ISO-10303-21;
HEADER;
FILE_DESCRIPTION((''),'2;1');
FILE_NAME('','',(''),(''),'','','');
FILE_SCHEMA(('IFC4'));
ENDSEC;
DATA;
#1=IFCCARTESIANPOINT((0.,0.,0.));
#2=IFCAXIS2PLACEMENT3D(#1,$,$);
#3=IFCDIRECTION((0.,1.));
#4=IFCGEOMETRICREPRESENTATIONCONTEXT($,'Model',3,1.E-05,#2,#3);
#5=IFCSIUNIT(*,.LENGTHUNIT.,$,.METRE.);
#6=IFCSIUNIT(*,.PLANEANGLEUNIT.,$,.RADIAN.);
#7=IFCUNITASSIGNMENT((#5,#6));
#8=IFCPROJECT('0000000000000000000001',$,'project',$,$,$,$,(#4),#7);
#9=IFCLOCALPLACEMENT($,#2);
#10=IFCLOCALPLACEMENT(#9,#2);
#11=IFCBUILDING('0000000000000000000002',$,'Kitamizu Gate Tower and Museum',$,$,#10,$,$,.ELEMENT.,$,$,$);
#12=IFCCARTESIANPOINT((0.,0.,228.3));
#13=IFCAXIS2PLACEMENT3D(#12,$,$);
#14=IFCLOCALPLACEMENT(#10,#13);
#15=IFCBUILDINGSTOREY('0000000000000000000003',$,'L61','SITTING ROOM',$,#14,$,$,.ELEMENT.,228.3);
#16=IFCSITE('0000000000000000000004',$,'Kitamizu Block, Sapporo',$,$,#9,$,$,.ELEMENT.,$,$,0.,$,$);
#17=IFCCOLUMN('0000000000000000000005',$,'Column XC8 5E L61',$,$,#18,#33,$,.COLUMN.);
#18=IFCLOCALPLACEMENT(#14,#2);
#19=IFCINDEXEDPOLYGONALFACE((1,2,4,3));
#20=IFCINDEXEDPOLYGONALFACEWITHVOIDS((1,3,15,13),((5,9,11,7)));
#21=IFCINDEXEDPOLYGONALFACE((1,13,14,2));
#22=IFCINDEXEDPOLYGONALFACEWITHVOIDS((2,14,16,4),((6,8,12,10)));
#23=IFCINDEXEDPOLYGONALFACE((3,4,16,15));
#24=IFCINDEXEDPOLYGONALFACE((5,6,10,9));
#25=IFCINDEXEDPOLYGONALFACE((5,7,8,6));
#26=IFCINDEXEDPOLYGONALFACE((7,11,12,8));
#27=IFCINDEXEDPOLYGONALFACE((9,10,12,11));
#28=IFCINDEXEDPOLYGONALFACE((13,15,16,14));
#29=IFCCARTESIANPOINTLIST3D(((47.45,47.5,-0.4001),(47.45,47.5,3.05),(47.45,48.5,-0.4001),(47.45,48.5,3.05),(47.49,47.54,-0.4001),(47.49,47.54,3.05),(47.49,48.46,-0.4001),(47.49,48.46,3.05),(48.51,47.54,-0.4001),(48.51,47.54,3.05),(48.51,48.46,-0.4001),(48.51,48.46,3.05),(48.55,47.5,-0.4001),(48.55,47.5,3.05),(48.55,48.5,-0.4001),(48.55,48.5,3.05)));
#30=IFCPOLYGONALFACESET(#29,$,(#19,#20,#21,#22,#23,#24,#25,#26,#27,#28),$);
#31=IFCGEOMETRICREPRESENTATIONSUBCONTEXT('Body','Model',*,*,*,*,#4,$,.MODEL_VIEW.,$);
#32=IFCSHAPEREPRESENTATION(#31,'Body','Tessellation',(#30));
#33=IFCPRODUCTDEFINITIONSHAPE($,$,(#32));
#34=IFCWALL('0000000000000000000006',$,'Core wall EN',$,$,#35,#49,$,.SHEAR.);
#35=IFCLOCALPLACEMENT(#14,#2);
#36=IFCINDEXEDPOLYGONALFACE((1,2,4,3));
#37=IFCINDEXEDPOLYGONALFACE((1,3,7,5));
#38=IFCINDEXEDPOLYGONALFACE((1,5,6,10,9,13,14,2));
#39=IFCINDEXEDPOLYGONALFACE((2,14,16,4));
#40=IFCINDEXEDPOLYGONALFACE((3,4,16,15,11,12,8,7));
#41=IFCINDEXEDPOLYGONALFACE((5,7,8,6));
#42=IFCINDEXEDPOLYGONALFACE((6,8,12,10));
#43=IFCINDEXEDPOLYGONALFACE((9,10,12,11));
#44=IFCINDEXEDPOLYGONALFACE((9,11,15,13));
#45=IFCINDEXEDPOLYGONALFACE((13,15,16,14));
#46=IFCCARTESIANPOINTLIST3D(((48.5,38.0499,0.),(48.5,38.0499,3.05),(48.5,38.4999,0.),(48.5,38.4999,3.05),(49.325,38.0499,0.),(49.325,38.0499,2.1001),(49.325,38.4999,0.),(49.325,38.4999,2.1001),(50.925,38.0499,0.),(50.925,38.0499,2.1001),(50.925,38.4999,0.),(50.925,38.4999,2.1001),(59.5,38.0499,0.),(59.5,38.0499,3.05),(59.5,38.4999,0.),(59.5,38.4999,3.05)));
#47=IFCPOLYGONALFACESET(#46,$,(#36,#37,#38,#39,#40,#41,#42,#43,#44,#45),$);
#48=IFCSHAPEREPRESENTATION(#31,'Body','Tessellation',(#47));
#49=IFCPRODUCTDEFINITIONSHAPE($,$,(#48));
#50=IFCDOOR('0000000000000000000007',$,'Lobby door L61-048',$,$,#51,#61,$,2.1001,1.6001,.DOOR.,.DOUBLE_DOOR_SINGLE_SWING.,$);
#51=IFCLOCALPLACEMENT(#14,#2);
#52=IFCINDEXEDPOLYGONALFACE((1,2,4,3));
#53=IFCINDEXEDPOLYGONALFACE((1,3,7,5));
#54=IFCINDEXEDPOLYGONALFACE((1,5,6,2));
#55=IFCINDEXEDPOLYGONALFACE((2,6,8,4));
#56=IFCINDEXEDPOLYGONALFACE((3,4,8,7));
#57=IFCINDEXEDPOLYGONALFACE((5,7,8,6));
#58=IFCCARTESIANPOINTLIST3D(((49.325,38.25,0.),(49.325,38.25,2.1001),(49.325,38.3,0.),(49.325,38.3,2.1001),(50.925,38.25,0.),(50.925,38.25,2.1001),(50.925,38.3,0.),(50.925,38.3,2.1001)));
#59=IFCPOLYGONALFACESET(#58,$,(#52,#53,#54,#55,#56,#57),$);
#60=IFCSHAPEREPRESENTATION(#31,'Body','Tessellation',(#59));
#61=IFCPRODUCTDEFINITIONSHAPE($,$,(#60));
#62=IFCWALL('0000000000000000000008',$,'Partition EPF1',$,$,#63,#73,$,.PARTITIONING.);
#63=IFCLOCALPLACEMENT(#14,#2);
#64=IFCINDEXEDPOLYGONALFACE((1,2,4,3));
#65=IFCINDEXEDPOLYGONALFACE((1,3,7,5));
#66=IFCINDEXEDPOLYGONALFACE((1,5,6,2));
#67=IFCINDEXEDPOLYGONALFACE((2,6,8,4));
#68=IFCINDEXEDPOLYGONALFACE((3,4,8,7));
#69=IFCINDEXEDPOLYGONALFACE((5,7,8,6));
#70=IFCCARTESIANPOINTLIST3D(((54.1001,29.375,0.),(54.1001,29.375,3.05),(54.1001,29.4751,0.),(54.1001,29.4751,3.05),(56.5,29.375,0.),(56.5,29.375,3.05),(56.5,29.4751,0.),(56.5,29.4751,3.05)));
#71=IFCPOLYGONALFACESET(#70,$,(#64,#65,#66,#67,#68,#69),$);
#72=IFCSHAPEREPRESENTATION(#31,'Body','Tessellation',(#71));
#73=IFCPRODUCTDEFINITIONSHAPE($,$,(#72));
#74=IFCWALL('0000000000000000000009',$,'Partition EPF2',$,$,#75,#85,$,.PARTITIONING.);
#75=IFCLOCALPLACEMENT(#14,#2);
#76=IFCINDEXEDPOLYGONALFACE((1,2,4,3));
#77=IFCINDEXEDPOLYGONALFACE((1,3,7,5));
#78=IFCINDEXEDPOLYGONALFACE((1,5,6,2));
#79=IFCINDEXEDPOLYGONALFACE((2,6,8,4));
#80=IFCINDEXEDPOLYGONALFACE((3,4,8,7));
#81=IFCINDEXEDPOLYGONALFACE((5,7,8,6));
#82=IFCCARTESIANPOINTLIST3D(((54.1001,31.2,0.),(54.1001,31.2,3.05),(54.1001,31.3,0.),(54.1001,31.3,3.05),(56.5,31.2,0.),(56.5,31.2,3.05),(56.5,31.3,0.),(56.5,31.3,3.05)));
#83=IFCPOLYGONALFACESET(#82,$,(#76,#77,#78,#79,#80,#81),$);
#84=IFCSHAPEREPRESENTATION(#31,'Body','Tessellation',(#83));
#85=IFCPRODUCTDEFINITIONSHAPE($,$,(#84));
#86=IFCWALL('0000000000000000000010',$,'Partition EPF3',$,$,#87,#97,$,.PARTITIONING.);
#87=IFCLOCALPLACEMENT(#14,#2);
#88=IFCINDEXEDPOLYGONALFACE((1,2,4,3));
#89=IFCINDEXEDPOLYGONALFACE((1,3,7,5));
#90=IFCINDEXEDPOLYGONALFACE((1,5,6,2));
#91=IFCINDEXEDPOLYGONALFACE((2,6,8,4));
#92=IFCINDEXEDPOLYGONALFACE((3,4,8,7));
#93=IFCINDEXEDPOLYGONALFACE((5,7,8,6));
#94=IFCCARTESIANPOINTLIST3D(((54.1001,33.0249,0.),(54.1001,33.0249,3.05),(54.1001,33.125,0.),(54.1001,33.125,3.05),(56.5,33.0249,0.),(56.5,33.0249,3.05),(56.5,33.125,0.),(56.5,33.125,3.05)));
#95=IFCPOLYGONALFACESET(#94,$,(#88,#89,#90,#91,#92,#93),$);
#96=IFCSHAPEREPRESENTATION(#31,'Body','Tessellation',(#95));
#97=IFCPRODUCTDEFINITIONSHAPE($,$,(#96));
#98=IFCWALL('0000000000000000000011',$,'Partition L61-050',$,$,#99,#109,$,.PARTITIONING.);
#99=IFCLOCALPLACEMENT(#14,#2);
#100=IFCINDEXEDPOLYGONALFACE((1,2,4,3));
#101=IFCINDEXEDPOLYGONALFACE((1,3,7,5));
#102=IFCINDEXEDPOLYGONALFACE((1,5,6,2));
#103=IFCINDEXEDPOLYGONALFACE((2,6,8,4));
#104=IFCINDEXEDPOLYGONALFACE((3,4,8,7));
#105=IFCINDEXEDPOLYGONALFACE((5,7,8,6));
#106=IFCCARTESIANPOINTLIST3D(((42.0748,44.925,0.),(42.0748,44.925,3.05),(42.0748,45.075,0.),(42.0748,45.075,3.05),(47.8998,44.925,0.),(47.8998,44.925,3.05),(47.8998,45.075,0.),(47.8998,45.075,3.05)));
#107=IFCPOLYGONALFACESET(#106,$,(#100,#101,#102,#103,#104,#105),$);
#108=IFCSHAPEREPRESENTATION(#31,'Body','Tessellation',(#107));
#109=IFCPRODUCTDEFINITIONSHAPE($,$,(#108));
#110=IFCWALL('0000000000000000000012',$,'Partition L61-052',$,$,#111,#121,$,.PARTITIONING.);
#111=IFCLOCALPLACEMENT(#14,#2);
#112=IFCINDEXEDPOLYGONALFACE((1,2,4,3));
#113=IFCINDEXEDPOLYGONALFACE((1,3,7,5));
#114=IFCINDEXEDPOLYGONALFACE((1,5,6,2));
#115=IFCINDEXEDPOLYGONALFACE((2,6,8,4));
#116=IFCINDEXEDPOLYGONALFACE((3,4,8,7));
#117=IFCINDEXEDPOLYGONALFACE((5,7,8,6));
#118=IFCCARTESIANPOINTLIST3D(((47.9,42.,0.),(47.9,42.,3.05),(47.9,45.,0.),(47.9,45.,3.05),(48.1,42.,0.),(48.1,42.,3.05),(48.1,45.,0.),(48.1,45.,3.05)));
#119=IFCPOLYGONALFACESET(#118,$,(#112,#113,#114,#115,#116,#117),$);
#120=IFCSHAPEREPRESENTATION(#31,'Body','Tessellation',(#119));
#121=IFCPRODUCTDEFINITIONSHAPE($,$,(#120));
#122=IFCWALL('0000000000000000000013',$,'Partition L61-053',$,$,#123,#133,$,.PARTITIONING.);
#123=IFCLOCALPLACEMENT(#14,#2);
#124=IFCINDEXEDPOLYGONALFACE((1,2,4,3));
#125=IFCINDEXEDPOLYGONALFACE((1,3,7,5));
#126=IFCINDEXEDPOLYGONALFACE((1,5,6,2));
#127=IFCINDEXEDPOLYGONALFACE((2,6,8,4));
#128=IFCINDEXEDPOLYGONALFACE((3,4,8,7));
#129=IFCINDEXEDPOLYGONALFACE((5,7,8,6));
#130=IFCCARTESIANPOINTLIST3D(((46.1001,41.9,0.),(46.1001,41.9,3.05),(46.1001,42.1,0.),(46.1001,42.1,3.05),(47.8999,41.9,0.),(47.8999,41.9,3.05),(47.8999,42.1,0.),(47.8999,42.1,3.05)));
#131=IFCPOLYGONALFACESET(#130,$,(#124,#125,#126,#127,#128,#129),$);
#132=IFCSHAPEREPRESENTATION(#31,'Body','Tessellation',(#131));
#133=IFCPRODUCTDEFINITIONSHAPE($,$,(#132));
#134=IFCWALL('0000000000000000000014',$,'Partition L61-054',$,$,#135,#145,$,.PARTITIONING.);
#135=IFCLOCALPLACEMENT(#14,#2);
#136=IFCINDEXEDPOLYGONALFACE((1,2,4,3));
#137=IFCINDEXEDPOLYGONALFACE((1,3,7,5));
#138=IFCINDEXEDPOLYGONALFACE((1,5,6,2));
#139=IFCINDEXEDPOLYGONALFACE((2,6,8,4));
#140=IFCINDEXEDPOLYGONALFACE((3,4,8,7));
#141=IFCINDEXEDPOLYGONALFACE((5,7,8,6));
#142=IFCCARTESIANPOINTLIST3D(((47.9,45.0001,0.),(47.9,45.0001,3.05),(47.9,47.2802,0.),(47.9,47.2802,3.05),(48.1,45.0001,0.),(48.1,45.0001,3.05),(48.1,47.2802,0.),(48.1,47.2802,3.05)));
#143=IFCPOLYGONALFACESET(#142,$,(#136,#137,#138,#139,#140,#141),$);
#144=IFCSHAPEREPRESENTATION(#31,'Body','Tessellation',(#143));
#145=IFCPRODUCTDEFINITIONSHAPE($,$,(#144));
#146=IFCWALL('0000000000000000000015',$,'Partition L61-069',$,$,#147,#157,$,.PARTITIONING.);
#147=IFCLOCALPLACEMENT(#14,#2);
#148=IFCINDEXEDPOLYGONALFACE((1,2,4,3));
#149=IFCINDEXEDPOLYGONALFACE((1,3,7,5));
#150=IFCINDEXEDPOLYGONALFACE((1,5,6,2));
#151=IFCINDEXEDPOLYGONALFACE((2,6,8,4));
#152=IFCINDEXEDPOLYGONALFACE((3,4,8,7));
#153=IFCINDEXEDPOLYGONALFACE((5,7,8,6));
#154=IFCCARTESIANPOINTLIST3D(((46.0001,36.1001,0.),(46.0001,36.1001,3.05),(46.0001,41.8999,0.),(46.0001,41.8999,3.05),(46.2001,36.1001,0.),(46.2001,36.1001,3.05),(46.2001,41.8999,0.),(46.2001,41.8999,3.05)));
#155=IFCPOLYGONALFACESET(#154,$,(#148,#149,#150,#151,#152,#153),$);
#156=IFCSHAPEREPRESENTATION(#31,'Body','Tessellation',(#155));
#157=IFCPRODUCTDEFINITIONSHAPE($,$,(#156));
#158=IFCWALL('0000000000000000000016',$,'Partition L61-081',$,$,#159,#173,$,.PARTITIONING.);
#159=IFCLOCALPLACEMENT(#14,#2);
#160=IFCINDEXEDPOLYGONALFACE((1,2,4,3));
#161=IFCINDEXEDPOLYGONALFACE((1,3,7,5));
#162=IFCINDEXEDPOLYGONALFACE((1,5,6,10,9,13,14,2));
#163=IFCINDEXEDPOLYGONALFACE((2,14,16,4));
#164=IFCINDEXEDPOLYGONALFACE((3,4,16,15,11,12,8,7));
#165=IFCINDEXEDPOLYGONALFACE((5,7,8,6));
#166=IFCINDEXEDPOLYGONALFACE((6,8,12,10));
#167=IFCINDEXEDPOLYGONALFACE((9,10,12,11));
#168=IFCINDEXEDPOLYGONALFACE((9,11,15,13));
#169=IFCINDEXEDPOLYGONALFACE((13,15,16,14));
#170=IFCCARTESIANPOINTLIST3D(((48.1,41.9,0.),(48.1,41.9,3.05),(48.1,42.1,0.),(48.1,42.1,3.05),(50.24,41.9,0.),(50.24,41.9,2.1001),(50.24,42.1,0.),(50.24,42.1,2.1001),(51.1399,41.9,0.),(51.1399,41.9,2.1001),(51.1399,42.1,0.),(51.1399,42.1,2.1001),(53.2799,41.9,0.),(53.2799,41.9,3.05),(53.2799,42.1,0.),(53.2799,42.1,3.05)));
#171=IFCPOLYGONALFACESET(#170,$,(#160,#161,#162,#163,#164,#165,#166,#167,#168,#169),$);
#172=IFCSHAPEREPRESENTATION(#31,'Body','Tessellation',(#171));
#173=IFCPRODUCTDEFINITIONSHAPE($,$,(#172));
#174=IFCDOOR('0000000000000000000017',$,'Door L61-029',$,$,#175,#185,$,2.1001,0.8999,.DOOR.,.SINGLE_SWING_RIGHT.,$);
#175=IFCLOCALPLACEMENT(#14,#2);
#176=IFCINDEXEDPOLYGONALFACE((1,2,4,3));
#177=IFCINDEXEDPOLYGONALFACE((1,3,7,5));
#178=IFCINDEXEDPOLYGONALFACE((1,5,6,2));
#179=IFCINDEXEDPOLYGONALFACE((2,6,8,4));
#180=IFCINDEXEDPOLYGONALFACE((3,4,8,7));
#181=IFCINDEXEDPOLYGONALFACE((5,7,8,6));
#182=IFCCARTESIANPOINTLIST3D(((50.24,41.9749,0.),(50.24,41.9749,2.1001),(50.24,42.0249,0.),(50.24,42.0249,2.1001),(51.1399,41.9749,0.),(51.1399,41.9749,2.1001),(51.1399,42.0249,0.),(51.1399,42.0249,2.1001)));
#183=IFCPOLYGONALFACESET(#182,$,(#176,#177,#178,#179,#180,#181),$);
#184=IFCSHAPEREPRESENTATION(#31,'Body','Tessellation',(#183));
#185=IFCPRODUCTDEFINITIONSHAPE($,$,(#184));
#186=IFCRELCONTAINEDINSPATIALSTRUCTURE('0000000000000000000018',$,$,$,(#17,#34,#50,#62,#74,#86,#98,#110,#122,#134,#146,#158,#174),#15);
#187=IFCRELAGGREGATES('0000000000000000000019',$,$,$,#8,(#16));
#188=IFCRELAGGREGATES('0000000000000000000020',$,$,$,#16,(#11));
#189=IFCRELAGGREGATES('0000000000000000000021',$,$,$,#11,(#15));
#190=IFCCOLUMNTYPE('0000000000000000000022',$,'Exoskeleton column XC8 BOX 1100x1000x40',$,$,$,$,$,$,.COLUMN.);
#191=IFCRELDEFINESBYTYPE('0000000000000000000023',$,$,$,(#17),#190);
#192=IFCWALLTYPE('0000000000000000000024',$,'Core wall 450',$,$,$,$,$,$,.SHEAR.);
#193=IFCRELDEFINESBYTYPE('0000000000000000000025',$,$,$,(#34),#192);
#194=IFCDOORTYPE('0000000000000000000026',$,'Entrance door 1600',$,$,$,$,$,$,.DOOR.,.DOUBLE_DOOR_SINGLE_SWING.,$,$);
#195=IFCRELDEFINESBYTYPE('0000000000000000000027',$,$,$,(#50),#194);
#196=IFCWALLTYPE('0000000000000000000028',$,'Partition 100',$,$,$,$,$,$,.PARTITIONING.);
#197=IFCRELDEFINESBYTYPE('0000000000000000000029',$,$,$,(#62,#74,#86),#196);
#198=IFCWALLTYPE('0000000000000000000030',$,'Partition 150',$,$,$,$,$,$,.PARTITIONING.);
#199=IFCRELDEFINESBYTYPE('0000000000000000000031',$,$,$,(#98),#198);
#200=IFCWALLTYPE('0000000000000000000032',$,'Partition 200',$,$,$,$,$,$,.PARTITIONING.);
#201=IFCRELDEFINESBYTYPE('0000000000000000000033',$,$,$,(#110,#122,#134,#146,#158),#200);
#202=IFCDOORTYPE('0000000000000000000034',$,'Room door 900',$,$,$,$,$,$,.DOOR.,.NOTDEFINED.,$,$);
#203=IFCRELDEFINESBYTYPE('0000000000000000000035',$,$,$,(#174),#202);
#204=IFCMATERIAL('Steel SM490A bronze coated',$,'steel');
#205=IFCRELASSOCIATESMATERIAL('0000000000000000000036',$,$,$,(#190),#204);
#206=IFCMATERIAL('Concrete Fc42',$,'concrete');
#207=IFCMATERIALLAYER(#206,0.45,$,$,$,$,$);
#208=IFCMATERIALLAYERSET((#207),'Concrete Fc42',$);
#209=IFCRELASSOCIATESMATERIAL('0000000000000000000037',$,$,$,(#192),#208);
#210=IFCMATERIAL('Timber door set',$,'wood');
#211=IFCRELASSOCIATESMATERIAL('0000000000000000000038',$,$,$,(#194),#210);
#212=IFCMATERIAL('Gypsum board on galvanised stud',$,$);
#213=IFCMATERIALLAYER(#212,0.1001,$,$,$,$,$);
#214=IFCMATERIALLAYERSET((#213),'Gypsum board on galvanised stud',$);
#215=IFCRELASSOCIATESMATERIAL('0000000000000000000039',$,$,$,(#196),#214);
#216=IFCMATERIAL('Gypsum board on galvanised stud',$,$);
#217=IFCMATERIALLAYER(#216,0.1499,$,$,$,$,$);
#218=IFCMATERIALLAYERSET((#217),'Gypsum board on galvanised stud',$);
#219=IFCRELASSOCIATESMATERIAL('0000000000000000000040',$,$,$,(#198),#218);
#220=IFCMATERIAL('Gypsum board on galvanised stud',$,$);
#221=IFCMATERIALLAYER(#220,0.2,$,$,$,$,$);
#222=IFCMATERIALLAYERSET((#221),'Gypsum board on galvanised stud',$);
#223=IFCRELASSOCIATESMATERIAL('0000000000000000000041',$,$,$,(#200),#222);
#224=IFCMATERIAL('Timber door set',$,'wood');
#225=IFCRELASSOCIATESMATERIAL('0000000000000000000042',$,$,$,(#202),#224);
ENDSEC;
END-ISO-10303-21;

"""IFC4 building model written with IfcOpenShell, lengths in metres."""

from ifc_helpers import new_model, si_unit, direction, frame, frame_2d, origin, origin_2d, place, context, subcontext, project, spatial, rectangle, hollow_rectangle, extrude, material, layer, layer_set, material_profile, profile_set, type_object, element, fill, save


model = new_model("IFC4")

# Units and contexts
model_context = context("Model", 3, precision=1e-05, world=origin(), true_north=direction((0.0, 1.0)))
body_context = subcontext(model_context, "Body", "Model", "MODEL_VIEW")
ifc_project = project(units=[si_unit("LENGTHUNIT", "METRE"), si_unit("PLANEANGLEUNIT", "RADIAN")], contexts=[model_context])

# Site, building, storey
site_placement = place(None, origin())
site = spatial("IfcSite", under=ifc_project, at=site_placement, Name="Kitamizu Block, Sapporo", CompositionType="ELEMENT", RefElevation=0.0)
building_placement = place(site_placement, origin())
building = spatial("IfcBuilding", under=site, at=building_placement, Name="Kitamizu Gate Tower and Museum", CompositionType="ELEMENT")
storey_placement = place(building_placement, frame((0.0, 0.0, 228.3)))
storey = spatial("IfcBuildingStorey", under=building, at=storey_placement, Name="L61", Description="SITTING ROOM", CompositionType="ELEMENT", Elevation=228.3)

# Column
ifc_material_1 = material(Name="Steel SM490A bronze coated", Category="steel")
ifc_material_profile = material_profile(ifc_material_1, hollow_rectangle(XDim=1.1001, YDim=1.0, WallThickness=0.04, at=origin_2d()), Name="BOX 1100x1000x40")
ifc_profile_set = profile_set([ifc_material_profile], Name="Steel SM490A bronze coated")
column_type = type_object("IfcColumnType", Name="Exoskeleton column XC8 BOX 1100x1000x40", PredefinedType="COLUMN", material=ifc_profile_set)
column_placement = place(storey_placement, frame((48.0, 48.0, -0.4001), z_axis=(0.0, 0.0, 1.0), x_axis=(1.0, 0.0, 0.0)))
element("IfcColumn", 1, at=column_placement, inside=storey, type_object=column_type, Name="Column XC8 5E L61", PredefinedType="COLUMN", context=body_context, shape_type="SweptSolid", body=[
    extrude(hollow_rectangle(XDim=1.1001, YDim=1.0, WallThickness=0.04, at=origin_2d()), origin(), (0.0, 0.0, 1.0), 3.4502),
])

# Wall, opening, door
ifc_material_2 = material(Name="Concrete Fc42", Category="concrete")
ifc_layer_1 = layer(ifc_material_2, 0.45)
ifc_layer_set_1 = layer_set([ifc_layer_1], Name="Concrete Fc42")
wall_type_1 = type_object("IfcWallType", Name="Core wall 450", PredefinedType="SHEAR", material=ifc_layer_set_1)
wall_1_placement = place(storey_placement, frame((59.5, 38.2749, 0.0), z_axis=(0.0, 0.0, 1.0), x_axis=(-1.0, 0.0, 0.0)))
wall_1 = element("IfcWall", 2, at=wall_1_placement, inside=storey, type_object=wall_type_1, Name="Core wall EN", PredefinedType="SHEAR", context=body_context, shape_type="SweptSolid", body=[
    extrude(rectangle(XDim=11.0, YDim=0.45, at=frame_2d((5.5, 0.0))), origin(), (0.0, 0.0, 1.0), 3.05),
])
opening_1_placement = place(wall_1_placement, frame((8.575, 0.0, 0.0)))
opening_1 = element("IfcOpeningElement", 3, at=opening_1_placement, cuts=wall_1, PredefinedType="OPENING", context=body_context, shape_type="SweptSolid", body=[
    extrude(rectangle(XDim=1.6001, YDim=2.1001, at=frame_2d((0.8, 1.05))), frame((0.0, 0.2349, 0.0), z_axis=(0.0, -1.0, 0.0), x_axis=(1.0, 0.0, 0.0)), (0.0, 0.0, 1.0), 0.47),
])
ifc_material_3 = material(Name="Timber door set", Category="wood")
door_type_1 = type_object("IfcDoorType", Name="Entrance door 1600", OperationType="DOUBLE_DOOR_SINGLE_SWING", PredefinedType="DOOR", material=ifc_material_3)
door_1_placement = place(opening_1_placement, origin())
door_1 = element("IfcDoor", 4, at=door_1_placement, inside=storey, type_object=door_type_1, Name="Lobby door L61-048", OperationType="DOUBLE_DOOR_SINGLE_SWING", OverallHeight=2.1001, OverallWidth=1.6001, PredefinedType="DOOR", context=body_context, shape_type="SweptSolid", body=[
    extrude(rectangle(XDim=1.6001, YDim=2.1001, at=frame_2d((0.8, 1.05))), frame((0.0, 0.0249, 0.0), z_axis=(0.0, -1.0, 0.0), x_axis=(1.0, 0.0, 0.0)), (0.0, 0.0, 1.0), 0.05),
])
fill(opening_1, door_1)

# Walls
ifc_material_4 = material(Name="Gypsum board on galvanised stud")
ifc_layer_2 = layer(ifc_material_4, 0.1001)
ifc_layer_set_2 = layer_set([ifc_layer_2], Name="Gypsum board on galvanised stud")
wall_type_2 = type_object("IfcWallType", Name="Partition 100", PredefinedType="PARTITIONING", material=ifc_layer_set_2)
for number, where, z_axis, x_axis, name in (
    (5, (56.5, 29.425, 0.0), (0.0, 0.0, 1.0), (-1.0, 0.0, 0.0), "Partition EPF1"),
    (6, (56.5, 31.25, 0.0), (0.0, 0.0, 1.0), (-1.0, 0.0, 0.0), "Partition EPF2"),
    (7, (56.5, 33.075, 0.0), (0.0, 0.0, 1.0), (-1.0, 0.0, 0.0), "Partition EPF3"),
):
    element("IfcWall", number, at=place(storey_placement, frame(where, z_axis=z_axis, x_axis=x_axis)), inside=storey, type_object=wall_type_2, Name=name, PredefinedType="PARTITIONING", context=body_context, shape_type="SweptSolid", body=[
        extrude(rectangle(XDim=2.3999, YDim=0.1001, at=frame_2d((1.2, 0.0))), origin(), (0.0, 0.0, 1.0), 3.05),
    ])
ifc_material_5 = material(Name="Gypsum board on galvanised stud")
ifc_layer_3 = layer(ifc_material_5, 0.1499)
ifc_layer_set_3 = layer_set([ifc_layer_3], Name="Gypsum board on galvanised stud")
wall_type_3 = type_object("IfcWallType", Name="Partition 150", PredefinedType="PARTITIONING", material=ifc_layer_set_3)
wall_2_placement = place(storey_placement, frame((47.8999, 45.0, 0.0), z_axis=(0.0, 0.0, 1.0), x_axis=(-1.0, 0.0, 0.0)))
element("IfcWall", 8, at=wall_2_placement, inside=storey, type_object=wall_type_3, Name="Partition L61-050", PredefinedType="PARTITIONING", context=body_context, shape_type="SweptSolid", body=[
    extrude(rectangle(XDim=5.825, YDim=0.1499, at=frame_2d((2.9126, 0.0))), origin(), (0.0, 0.0, 1.0), 3.05),
])
ifc_material_6 = material(Name="Gypsum board on galvanised stud")
ifc_layer_4 = layer(ifc_material_6, 0.2)
ifc_layer_set_4 = layer_set([ifc_layer_4], Name="Gypsum board on galvanised stud")
wall_type_4 = type_object("IfcWallType", Name="Partition 200", PredefinedType="PARTITIONING", material=ifc_layer_set_4)
wall_3_placement = place(storey_placement, frame((48.0, 42.0, 0.0), z_axis=(0.0, 0.0, 1.0), x_axis=(0.0, 1.0, 0.0)))
element("IfcWall", 9, at=wall_3_placement, inside=storey, type_object=wall_type_4, Name="Partition L61-052", PredefinedType="PARTITIONING", context=body_context, shape_type="SweptSolid", body=[
    extrude(rectangle(XDim=3.0, YDim=0.2, at=frame_2d((1.5, 0.0))), origin(), (0.0, 0.0, 1.0), 3.05),
])
wall_4_placement = place(storey_placement, frame((46.1001, 42.0, 0.0), z_axis=(0.0, 0.0, 1.0), x_axis=(1.0, 0.0, 0.0)))
element("IfcWall", 10, at=wall_4_placement, inside=storey, type_object=wall_type_4, Name="Partition L61-053", PredefinedType="PARTITIONING", context=body_context, shape_type="SweptSolid", body=[
    extrude(rectangle(XDim=1.7998, YDim=0.2, at=frame_2d((0.8999, 0.0))), origin(), (0.0, 0.0, 1.0), 3.05),
])
wall_5_placement = place(storey_placement, frame((48.0, 45.0, 0.0), z_axis=(0.0, 0.0, 1.0), x_axis=(0.0, 1.0, 0.0)))
element("IfcWall", 11, at=wall_5_placement, inside=storey, type_object=wall_type_4, Name="Partition L61-054", PredefinedType="PARTITIONING", context=body_context, shape_type="SweptSolid", body=[
    extrude(rectangle(XDim=2.28, YDim=0.2, at=frame_2d((1.1401, 0.0))), origin(), (0.0, 0.0, 1.0), 3.05),
])
wall_6_placement = place(storey_placement, frame((46.1001, 36.1001, 0.0), z_axis=(0.0, 0.0, 1.0), x_axis=(0.0, 1.0, 0.0)))
element("IfcWall", 12, at=wall_6_placement, inside=storey, type_object=wall_type_4, Name="Partition L61-069", PredefinedType="PARTITIONING", context=body_context, shape_type="SweptSolid", body=[
    extrude(rectangle(XDim=5.7998, YDim=0.2, at=frame_2d((2.8999, 0.0))), origin(), (0.0, 0.0, 1.0), 3.05),
])

# Wall, opening, door
wall_7_placement = place(storey_placement, frame((48.1001, 42.0, 0.0), z_axis=(0.0, 0.0, 1.0), x_axis=(1.0, 0.0, 0.0)))
wall_7 = element("IfcWall", 13, at=wall_7_placement, inside=storey, type_object=wall_type_4, Name="Partition L61-081", PredefinedType="PARTITIONING", context=body_context, shape_type="SweptSolid", body=[
    extrude(rectangle(XDim=5.1799, YDim=0.2, at=frame_2d((2.5898, 0.0))), origin(), (0.0, 0.0, 1.0), 3.05),
])
opening_2_placement = place(wall_7_placement, frame((2.1399, 0.0, 0.0)))
opening_2 = element("IfcOpeningElement", 14, at=opening_2_placement, cuts=wall_7, PredefinedType="OPENING", context=body_context, shape_type="SweptSolid", body=[
    extrude(rectangle(XDim=0.8999, YDim=2.1001, at=frame_2d((0.45, 1.05))), frame((0.0, 0.1099, 0.0), z_axis=(0.0, -1.0, 0.0), x_axis=(1.0, 0.0, 0.0)), (0.0, 0.0, 1.0), 0.22),
])
ifc_material_7 = material(Name="Timber door set", Category="wood")
door_type_2 = type_object("IfcDoorType", Name="Room door 900", OperationType="NOTDEFINED", PredefinedType="DOOR", material=ifc_material_7)
door_2_placement = place(opening_2_placement, origin())
door_2 = element("IfcDoor", 15, at=door_2_placement, inside=storey, type_object=door_type_2, Name="Door L61-029", OperationType="SINGLE_SWING_RIGHT", OverallHeight=2.1001, OverallWidth=0.8999, PredefinedType="DOOR", context=body_context, shape_type="SweptSolid", body=[
    extrude(rectangle(XDim=0.8999, YDim=2.1001, at=frame_2d((0.45, 1.05))), frame((0.0, 0.0249, 0.0), z_axis=(0.0, -1.0, 0.0), x_axis=(1.0, 0.0, 0.0)), (0.0, 0.0, 1.0), 0.05),
])
fill(opening_2, door_2)

save(model, "model.ifc")
